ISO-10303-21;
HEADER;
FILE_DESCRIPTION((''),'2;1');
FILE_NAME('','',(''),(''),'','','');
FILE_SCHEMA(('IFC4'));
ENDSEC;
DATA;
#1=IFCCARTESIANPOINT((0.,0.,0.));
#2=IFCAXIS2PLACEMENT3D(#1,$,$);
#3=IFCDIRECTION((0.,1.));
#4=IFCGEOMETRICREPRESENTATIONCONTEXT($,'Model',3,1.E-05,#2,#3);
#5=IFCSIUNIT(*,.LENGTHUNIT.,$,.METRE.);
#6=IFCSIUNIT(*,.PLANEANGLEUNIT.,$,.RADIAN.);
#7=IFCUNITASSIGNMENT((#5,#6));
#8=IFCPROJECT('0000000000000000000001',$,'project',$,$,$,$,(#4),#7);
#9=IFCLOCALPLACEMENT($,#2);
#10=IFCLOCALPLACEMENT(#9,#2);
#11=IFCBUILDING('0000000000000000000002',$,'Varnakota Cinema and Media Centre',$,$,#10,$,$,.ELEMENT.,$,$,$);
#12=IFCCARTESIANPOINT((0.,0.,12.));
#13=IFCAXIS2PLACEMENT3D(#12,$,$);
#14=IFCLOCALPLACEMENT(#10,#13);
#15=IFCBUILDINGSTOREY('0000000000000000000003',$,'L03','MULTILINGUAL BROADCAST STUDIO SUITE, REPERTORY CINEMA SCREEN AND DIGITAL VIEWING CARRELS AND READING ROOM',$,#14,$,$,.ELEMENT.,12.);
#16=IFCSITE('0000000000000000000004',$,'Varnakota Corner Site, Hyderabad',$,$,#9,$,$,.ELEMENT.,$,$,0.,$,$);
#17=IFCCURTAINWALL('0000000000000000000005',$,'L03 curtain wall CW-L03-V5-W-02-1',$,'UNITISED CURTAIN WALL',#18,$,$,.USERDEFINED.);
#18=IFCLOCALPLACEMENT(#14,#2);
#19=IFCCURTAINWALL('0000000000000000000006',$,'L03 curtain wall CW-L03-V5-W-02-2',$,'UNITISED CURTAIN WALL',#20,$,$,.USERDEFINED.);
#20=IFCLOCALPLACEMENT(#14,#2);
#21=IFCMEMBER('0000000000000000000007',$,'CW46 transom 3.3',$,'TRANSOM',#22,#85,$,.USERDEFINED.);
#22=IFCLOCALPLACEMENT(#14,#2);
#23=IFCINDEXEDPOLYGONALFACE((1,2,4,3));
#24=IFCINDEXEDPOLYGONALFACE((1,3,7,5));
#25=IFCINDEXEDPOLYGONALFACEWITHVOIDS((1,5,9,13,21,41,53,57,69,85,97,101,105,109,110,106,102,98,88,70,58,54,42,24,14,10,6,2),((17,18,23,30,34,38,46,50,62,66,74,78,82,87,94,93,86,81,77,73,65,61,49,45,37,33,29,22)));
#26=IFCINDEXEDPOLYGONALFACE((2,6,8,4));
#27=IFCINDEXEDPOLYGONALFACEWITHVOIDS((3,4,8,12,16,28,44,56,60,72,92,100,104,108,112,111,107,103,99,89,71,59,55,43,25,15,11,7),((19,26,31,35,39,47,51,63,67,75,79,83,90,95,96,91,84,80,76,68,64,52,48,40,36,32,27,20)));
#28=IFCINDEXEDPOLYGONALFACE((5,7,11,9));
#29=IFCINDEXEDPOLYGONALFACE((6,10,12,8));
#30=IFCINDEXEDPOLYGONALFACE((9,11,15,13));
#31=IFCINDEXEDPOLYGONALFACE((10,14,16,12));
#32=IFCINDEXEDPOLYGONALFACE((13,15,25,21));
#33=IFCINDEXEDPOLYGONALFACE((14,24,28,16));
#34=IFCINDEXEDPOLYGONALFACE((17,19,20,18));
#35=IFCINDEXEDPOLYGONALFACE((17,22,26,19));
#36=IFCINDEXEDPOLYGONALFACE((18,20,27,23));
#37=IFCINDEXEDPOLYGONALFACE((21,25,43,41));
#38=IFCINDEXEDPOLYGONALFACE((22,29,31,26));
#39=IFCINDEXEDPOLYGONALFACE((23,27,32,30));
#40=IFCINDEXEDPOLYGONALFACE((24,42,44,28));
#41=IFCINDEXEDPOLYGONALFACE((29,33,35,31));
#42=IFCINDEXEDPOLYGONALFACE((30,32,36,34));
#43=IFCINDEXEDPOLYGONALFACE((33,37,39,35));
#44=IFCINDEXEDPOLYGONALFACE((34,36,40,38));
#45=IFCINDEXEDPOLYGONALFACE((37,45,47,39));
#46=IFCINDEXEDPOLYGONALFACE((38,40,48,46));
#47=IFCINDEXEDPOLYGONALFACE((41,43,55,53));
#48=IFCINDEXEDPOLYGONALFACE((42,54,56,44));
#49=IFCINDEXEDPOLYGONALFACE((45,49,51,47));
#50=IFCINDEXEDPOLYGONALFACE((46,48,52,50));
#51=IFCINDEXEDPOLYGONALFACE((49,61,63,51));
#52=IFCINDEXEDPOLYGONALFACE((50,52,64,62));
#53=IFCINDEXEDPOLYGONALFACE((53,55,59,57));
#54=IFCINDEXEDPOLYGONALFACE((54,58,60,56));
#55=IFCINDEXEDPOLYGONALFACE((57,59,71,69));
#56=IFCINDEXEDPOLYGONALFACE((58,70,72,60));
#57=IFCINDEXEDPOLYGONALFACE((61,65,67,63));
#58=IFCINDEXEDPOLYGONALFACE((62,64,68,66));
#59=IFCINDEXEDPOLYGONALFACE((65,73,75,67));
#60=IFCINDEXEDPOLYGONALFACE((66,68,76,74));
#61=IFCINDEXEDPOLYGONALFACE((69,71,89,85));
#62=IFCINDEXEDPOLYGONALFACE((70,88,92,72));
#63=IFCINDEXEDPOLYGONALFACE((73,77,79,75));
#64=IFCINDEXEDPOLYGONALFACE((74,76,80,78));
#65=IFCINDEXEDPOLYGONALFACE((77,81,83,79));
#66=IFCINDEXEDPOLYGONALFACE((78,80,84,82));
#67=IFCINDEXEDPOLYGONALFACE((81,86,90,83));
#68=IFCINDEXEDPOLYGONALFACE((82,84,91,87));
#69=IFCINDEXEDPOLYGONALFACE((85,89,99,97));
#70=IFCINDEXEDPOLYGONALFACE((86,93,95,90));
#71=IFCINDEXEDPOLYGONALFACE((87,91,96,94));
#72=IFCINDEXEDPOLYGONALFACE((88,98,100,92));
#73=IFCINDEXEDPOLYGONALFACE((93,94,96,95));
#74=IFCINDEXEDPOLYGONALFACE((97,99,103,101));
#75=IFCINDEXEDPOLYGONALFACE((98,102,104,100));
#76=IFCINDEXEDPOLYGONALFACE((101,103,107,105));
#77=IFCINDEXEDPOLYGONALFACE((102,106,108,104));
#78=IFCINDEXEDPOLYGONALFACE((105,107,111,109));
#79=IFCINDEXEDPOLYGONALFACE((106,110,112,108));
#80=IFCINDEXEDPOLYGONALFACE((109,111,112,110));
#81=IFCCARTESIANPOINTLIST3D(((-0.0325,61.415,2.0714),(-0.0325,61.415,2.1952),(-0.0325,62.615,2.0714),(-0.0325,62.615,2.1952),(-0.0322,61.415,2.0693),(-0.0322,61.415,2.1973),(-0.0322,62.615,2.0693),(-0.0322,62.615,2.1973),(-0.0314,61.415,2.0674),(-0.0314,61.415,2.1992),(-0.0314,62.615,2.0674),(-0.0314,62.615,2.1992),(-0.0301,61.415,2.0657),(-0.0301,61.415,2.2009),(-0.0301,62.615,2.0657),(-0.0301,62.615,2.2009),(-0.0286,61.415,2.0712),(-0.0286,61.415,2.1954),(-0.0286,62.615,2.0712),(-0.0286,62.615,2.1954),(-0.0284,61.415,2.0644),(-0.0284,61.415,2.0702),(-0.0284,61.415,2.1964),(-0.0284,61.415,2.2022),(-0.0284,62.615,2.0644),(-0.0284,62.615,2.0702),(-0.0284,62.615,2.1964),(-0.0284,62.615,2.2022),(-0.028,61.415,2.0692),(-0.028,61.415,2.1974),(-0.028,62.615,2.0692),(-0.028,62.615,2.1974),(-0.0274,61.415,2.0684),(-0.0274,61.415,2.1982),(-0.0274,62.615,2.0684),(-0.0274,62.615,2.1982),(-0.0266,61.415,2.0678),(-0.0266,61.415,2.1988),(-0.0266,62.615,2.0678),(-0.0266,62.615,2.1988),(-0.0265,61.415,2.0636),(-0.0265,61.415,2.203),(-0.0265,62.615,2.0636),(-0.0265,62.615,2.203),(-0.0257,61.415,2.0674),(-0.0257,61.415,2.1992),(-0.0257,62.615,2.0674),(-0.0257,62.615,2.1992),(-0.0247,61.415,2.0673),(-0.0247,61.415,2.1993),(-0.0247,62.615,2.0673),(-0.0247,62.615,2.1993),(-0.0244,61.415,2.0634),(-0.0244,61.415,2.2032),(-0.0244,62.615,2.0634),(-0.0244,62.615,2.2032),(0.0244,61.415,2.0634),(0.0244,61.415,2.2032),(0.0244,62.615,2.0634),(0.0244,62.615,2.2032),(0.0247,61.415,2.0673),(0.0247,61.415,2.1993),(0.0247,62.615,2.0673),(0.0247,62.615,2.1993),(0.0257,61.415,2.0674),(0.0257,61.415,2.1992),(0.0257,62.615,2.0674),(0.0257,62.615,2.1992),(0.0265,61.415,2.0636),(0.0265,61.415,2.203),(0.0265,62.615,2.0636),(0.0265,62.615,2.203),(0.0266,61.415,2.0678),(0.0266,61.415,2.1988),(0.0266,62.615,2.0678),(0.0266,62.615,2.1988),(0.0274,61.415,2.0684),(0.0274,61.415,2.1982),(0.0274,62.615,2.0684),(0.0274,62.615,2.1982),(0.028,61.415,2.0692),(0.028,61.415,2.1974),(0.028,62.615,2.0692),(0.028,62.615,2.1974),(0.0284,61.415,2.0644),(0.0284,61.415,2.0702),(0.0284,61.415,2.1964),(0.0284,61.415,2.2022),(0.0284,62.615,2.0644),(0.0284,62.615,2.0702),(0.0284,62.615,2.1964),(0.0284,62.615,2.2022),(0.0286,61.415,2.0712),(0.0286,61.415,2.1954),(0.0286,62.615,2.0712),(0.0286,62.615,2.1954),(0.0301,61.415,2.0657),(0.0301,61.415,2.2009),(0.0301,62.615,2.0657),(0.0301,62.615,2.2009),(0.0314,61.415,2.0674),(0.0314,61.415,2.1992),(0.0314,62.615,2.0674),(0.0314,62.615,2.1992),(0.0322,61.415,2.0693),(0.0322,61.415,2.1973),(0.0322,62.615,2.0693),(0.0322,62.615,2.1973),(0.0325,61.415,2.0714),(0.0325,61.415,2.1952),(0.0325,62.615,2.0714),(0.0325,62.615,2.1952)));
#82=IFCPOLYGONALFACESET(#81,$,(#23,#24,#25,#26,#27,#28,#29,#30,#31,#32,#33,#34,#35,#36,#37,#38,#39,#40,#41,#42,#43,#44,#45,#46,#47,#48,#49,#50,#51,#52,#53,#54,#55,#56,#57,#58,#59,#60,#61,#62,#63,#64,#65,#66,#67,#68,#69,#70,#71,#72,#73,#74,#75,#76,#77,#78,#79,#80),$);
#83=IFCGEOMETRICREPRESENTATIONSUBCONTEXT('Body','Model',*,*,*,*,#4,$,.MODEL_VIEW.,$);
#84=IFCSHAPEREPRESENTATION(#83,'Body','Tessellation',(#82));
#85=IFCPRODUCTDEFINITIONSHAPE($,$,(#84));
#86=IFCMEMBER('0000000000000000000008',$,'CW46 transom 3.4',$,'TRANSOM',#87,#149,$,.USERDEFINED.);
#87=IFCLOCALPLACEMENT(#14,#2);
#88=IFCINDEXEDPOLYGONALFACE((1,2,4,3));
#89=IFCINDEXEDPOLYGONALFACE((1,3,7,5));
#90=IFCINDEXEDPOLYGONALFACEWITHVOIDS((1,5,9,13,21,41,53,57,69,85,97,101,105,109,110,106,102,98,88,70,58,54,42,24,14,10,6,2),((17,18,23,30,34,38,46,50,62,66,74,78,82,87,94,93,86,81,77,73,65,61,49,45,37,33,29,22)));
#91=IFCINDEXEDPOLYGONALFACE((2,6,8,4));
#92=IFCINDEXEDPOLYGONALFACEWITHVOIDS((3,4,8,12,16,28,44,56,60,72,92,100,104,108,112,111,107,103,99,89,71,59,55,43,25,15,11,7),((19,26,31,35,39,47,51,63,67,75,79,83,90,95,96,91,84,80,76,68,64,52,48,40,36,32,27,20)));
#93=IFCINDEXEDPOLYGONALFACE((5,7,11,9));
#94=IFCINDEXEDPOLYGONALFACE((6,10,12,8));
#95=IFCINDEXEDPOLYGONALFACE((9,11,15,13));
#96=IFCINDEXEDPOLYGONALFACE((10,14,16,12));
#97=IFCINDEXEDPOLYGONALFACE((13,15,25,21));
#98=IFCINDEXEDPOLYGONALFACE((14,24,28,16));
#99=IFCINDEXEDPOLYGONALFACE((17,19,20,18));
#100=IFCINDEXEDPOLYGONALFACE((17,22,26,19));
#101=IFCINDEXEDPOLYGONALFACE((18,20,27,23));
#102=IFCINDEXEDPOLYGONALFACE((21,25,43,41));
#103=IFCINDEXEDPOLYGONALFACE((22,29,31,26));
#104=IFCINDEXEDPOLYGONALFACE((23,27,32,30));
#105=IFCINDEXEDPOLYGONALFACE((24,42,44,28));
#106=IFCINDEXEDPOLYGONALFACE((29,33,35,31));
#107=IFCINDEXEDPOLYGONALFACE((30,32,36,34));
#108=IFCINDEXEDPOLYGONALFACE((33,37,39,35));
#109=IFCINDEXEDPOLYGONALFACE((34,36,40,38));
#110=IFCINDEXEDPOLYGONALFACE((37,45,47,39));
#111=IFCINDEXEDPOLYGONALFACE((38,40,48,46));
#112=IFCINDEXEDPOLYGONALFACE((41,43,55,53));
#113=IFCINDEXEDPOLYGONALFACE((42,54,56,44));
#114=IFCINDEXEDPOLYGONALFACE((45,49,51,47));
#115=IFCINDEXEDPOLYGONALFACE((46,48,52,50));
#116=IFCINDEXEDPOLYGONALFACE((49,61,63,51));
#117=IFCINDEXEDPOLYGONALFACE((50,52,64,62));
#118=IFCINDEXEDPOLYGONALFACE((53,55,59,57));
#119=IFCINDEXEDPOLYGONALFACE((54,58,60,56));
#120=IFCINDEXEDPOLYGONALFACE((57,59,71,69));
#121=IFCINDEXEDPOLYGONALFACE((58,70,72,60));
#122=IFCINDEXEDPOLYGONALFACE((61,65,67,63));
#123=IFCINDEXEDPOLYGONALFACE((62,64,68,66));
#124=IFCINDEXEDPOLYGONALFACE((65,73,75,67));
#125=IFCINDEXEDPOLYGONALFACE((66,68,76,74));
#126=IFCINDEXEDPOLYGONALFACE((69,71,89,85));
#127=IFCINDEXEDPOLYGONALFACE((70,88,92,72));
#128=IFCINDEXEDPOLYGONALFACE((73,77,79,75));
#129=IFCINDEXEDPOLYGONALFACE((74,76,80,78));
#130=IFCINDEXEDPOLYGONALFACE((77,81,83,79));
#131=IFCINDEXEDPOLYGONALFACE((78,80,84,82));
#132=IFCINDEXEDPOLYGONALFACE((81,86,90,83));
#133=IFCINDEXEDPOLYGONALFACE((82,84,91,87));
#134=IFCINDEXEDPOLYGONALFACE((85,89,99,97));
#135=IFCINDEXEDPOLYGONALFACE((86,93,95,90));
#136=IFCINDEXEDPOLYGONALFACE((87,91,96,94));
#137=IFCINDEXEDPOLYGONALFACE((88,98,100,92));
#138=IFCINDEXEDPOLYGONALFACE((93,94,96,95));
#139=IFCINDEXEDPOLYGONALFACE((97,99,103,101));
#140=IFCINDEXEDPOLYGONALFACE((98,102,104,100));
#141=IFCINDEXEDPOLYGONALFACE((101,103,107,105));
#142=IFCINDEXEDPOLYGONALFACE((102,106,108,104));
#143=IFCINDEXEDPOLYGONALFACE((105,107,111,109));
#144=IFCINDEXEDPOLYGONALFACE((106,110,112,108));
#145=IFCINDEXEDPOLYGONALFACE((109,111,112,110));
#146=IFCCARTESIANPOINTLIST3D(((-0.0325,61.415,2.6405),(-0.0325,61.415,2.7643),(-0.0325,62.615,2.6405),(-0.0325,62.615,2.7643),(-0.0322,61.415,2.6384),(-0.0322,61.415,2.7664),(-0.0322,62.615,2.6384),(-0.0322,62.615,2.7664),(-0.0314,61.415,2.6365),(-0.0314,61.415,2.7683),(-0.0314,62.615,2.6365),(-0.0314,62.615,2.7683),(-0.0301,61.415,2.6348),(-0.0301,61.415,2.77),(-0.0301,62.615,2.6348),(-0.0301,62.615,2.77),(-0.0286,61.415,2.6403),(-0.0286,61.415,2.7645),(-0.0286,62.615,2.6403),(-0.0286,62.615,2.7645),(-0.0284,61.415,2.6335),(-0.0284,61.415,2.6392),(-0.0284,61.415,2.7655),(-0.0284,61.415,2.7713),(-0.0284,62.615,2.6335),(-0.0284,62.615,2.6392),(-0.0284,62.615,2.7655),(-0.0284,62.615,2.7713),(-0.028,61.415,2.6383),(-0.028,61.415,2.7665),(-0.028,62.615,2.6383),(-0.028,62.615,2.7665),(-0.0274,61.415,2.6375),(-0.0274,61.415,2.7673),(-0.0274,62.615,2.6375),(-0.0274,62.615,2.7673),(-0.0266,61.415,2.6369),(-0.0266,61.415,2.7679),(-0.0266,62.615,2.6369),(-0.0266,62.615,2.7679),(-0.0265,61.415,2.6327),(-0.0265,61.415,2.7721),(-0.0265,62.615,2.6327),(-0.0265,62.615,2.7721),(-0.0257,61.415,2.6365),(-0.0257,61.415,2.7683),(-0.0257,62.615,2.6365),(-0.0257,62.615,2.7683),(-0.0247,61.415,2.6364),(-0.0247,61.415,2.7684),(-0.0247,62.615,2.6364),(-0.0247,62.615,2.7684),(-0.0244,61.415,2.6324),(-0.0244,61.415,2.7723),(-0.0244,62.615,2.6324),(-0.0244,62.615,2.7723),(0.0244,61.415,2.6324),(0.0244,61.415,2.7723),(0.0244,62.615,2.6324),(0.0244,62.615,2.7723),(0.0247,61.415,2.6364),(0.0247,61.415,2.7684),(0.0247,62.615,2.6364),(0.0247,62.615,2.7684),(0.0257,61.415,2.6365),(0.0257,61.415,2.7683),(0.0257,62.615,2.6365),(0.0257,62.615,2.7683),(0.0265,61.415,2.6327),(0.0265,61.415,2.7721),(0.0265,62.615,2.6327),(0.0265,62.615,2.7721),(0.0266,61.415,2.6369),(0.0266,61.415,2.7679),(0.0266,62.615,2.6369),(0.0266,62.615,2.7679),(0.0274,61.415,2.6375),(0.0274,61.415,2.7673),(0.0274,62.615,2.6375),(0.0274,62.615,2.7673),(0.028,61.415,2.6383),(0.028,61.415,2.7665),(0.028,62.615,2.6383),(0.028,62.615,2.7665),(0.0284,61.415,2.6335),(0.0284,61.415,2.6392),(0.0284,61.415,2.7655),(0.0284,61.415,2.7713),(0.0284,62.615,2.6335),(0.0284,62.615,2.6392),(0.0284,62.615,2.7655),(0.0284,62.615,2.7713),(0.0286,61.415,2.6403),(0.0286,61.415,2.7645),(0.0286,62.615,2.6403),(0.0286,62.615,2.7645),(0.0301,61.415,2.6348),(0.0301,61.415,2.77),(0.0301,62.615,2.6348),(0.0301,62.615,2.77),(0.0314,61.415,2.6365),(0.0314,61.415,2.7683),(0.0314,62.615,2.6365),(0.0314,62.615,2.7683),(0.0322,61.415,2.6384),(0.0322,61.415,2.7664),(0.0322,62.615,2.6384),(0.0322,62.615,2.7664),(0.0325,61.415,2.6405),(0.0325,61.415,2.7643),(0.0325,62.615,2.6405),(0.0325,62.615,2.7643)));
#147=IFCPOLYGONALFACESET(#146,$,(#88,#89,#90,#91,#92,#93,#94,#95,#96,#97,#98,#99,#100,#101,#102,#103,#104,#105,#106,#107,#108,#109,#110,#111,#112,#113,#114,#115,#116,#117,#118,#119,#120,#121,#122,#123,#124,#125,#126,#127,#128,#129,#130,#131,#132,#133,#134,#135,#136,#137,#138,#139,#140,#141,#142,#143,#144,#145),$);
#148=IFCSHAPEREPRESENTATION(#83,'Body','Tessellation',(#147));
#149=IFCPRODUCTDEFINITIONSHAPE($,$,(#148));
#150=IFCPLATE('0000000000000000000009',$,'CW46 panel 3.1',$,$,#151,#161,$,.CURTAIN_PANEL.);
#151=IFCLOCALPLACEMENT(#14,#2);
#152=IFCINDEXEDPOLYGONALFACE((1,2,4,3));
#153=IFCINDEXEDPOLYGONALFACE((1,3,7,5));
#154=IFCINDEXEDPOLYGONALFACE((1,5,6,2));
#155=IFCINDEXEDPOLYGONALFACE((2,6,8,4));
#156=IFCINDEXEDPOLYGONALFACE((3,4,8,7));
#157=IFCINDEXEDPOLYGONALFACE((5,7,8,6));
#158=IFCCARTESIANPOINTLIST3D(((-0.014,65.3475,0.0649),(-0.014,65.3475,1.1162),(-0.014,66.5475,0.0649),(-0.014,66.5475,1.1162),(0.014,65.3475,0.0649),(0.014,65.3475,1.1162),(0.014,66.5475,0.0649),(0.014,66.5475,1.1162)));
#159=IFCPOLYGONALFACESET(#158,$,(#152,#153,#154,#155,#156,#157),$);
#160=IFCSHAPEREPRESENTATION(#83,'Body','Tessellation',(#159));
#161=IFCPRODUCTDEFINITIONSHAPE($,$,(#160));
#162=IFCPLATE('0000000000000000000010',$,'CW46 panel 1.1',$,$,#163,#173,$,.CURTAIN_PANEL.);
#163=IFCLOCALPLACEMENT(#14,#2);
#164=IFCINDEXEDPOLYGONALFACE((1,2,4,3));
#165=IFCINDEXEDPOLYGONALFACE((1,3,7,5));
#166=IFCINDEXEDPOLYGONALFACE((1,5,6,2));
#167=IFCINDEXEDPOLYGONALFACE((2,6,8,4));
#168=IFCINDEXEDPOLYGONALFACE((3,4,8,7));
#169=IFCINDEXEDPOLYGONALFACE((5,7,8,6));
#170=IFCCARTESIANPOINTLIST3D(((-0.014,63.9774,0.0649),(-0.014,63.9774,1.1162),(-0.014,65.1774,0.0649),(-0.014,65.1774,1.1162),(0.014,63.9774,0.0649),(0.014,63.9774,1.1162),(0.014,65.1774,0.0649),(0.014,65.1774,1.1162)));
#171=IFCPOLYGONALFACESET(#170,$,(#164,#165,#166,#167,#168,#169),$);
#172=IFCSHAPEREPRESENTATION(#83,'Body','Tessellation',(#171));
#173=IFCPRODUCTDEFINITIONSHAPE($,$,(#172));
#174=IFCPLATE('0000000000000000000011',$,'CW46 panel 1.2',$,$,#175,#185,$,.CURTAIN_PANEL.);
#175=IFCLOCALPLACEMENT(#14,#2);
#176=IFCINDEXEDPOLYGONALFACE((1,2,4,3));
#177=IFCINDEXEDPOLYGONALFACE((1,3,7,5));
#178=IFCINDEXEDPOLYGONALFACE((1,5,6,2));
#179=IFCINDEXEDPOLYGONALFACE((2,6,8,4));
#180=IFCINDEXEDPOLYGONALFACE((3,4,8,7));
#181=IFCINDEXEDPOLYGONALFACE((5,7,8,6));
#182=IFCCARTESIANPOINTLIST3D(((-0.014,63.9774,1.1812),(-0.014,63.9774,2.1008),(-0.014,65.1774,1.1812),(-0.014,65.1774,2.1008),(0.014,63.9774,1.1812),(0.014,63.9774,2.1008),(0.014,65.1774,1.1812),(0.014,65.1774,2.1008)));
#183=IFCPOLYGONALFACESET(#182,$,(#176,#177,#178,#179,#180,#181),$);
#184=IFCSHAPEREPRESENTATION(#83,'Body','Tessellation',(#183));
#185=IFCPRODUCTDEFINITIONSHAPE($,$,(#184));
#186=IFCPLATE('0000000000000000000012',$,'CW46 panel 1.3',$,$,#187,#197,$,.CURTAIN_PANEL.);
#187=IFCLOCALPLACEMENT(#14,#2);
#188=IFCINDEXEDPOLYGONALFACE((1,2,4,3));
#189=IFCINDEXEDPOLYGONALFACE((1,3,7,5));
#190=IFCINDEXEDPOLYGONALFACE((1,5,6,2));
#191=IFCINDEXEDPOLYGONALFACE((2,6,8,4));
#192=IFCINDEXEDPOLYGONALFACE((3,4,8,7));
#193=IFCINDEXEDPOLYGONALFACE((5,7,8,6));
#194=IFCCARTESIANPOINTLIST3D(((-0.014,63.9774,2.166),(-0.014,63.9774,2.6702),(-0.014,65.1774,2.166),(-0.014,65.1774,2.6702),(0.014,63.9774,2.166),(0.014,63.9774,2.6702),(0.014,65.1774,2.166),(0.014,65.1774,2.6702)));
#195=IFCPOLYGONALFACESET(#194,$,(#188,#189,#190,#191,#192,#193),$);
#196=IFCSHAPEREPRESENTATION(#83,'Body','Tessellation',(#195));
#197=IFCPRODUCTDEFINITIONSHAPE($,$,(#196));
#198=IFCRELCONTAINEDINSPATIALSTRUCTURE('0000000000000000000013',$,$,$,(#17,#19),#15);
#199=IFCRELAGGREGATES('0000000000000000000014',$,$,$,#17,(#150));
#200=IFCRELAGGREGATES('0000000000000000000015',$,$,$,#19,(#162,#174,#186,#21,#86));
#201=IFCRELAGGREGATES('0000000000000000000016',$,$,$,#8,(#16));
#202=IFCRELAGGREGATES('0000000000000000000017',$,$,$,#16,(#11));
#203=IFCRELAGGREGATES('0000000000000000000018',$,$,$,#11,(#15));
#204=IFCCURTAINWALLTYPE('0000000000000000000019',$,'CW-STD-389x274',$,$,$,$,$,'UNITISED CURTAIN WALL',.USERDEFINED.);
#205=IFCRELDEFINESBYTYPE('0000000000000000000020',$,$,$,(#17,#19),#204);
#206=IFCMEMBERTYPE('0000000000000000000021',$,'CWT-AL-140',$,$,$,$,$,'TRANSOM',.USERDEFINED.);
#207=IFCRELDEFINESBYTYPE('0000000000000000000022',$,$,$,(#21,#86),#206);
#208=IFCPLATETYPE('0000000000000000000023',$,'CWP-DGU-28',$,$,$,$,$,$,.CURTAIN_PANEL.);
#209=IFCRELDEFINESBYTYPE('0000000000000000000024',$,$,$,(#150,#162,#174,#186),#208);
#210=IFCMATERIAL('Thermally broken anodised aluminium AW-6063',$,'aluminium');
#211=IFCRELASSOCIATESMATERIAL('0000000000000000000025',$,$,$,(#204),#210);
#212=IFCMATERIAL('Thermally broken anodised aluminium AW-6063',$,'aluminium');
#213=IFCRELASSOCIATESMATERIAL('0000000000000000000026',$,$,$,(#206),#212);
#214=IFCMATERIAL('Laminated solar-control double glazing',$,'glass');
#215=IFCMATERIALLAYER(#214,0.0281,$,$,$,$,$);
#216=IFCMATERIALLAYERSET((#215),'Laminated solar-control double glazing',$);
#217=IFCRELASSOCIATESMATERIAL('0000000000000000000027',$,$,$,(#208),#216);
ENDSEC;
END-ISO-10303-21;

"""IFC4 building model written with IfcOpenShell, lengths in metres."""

from ifc_helpers import new_model, si_unit, direction, frame, origin, origin_2d, place, context, subcontext, project, spatial, rectangle, hollow_rectangle, extrude, material, layer, layer_set, material_profile, profile_set, type_object, element, aggregate, save


model = new_model("IFC4")

# Units and contexts
model_context = context("Model", 3, precision=1e-05, world=origin(), true_north=direction((0.0, 1.0)))
body_context = subcontext(model_context, "Body", "Model", "MODEL_VIEW")
ifc_project = project(units=[si_unit("LENGTHUNIT", "METRE"), si_unit("PLANEANGLEUNIT", "RADIAN")], contexts=[model_context])

# Site, building, storey
site_placement = place(None, origin())
site = spatial("IfcSite", under=ifc_project, at=site_placement, Name="Varnakota Corner Site, Hyderabad", CompositionType="ELEMENT", RefElevation=0.0)
building_placement = place(site_placement, origin())
building = spatial("IfcBuilding", under=site, at=building_placement, Name="Varnakota Cinema and Media Centre", CompositionType="ELEMENT")
storey_placement = place(building_placement, frame((0.0, 0.0, 12.0)))
storey = spatial("IfcBuildingStorey", under=building, at=storey_placement, Name="L03", Description="MULTILINGUAL BROADCAST STUDIO SUITE, REPERTORY CINEMA SCREEN AND DIGITAL VIEWING CARRELS AND READING ROOM", CompositionType="ELEMENT", Elevation=12.0)

# Curtain wall
ifc_material_1 = material(Name="Thermally broken anodised aluminium AW-6063", Category="aluminium")
curtain_wall_type = type_object("IfcCurtainWallType", Name="CW-STD-389x274", ElementType="UNITISED CURTAIN WALL", PredefinedType="USERDEFINED", material=ifc_material_1)
curtain_wall_1_placement = place(storey_placement, origin())
curtain_wall_1 = element("IfcCurtainWall", 1, at=curtain_wall_1_placement, inside=storey, type_object=curtain_wall_type, Name="L03 curtain wall CW-L03-V5-W-02-1", ObjectType="UNITISED CURTAIN WALL", PredefinedType="USERDEFINED")

# Curtain wall, members
curtain_wall_2_placement = place(storey_placement, origin())
curtain_wall_2 = element("IfcCurtainWall", 2, at=curtain_wall_2_placement, inside=storey, type_object=curtain_wall_type, Name="L03 curtain wall CW-L03-V5-W-02-2", ObjectType="UNITISED CURTAIN WALL", PredefinedType="USERDEFINED")
ifc_material_2 = material(Name="Thermally broken anodised aluminium AW-6063", Category="aluminium")
ifc_material_profile_1 = material_profile(ifc_material_2, hollow_rectangle(XDim=0.0649, YDim=0.1399, WallThickness=0.0039, InnerFilletRadius=0.0039, OuterFilletRadius=0.0081, at=origin_2d()), Name="AL-TRANSOM 140x65x4")
ifc_profile_set_1 = profile_set([ifc_material_profile_1], Name="Thermally broken anodised aluminium AW-6063")
member_type_1 = type_object("IfcMemberType", Name="CWT-AL-140", ElementType="TRANSOM", PredefinedType="USERDEFINED", material=ifc_profile_set_1)
member_1_placement = place(storey_placement, frame((0.0, 62.615, 2.1333), z_axis=(0.0, -1.0, 0.0), x_axis=(1.0, 0.0, 0.0)))
member_1 = element("IfcMember", 3, at=member_1_placement, type_object=member_type_1, Name="CW46 transom 3.3", ObjectType="TRANSOM", PredefinedType="USERDEFINED", context=body_context, shape_type="SweptSolid", body=[
    extrude(hollow_rectangle(XDim=0.0649, YDim=0.1399, WallThickness=0.0039, InnerFilletRadius=0.0039, OuterFilletRadius=0.0081, at=origin_2d()), origin(), (0.0, 0.0, 1.0), 1.2),
])
member_2_placement = place(storey_placement, frame((0.0, 62.615, 2.7024), z_axis=(0.0, -1.0, 0.0), x_axis=(1.0, 0.0, 0.0)))
member_2 = element("IfcMember", 4, at=member_2_placement, type_object=member_type_1, Name="CW46 transom 3.4", ObjectType="TRANSOM", PredefinedType="USERDEFINED", context=body_context, shape_type="SweptSolid", body=[
    extrude(hollow_rectangle(XDim=0.0649, YDim=0.1399, WallThickness=0.0039, InnerFilletRadius=0.0039, OuterFilletRadius=0.0081, at=origin_2d()), origin(), (0.0, 0.0, 1.0), 1.2),
])

# Plates
ifc_material_3 = material(Name="Laminated solar-control double glazing", Category="glass")
ifc_layer = layer(ifc_material_3, 0.0281)
ifc_layer_set = layer_set([ifc_layer], Name="Laminated solar-control double glazing")
plate_type = type_object("IfcPlateType", Name="CWP-DGU-28", PredefinedType="CURTAIN_PANEL", material=ifc_layer_set)
plate_1_placement = place(storey_placement, frame((0.0, 65.9475, 0.0649), z_axis=(0.0, 0.0, 1.0), x_axis=(0.0, -1.0, 0.0)))
plate_1 = element("IfcPlate", 5, at=plate_1_placement, type_object=plate_type, Name="CW46 panel 3.1", PredefinedType="CURTAIN_PANEL", context=body_context, shape_type="SweptSolid", body=[
    extrude(rectangle(XDim=1.2, YDim=0.0281, at=origin_2d()), origin(), (0.0, 0.0, 1.0), 1.0513),
])
aggregate(curtain_wall_1, [plate_1])
plate_2_placement = place(storey_placement, frame((0.0, 64.5774, 0.0649), z_axis=(0.0, 0.0, 1.0), x_axis=(0.0, -1.0, 0.0)))
plate_2 = element("IfcPlate", 6, at=plate_2_placement, type_object=plate_type, Name="CW46 panel 1.1", PredefinedType="CURTAIN_PANEL", context=body_context, shape_type="SweptSolid", body=[
    extrude(rectangle(XDim=1.2, YDim=0.0281, at=origin_2d()), origin(), (0.0, 0.0, 1.0), 1.0513),
])
plate_3_placement = place(storey_placement, frame((0.0, 64.5774, 1.1812), z_axis=(0.0, 0.0, 1.0), x_axis=(0.0, -1.0, 0.0)))
plate_3 = element("IfcPlate", 7, at=plate_3_placement, type_object=plate_type, Name="CW46 panel 1.2", PredefinedType="CURTAIN_PANEL", context=body_context, shape_type="SweptSolid", body=[
    extrude(rectangle(XDim=1.2, YDim=0.0281, at=origin_2d()), origin(), (0.0, 0.0, 1.0), 0.9197),
])
plate_4_placement = place(storey_placement, frame((0.0, 64.5774, 2.166), z_axis=(0.0, 0.0, 1.0), x_axis=(0.0, -1.0, 0.0)))
plate_4 = element("IfcPlate", 8, at=plate_4_placement, type_object=plate_type, Name="CW46 panel 1.3", PredefinedType="CURTAIN_PANEL", context=body_context, shape_type="SweptSolid", body=[
    extrude(rectangle(XDim=1.2, YDim=0.0281, at=origin_2d()), origin(), (0.0, 0.0, 1.0), 0.5042),
])
aggregate(curtain_wall_2, [plate_2, plate_3, plate_4, member_1, member_2])

save(model, "model.ifc")
